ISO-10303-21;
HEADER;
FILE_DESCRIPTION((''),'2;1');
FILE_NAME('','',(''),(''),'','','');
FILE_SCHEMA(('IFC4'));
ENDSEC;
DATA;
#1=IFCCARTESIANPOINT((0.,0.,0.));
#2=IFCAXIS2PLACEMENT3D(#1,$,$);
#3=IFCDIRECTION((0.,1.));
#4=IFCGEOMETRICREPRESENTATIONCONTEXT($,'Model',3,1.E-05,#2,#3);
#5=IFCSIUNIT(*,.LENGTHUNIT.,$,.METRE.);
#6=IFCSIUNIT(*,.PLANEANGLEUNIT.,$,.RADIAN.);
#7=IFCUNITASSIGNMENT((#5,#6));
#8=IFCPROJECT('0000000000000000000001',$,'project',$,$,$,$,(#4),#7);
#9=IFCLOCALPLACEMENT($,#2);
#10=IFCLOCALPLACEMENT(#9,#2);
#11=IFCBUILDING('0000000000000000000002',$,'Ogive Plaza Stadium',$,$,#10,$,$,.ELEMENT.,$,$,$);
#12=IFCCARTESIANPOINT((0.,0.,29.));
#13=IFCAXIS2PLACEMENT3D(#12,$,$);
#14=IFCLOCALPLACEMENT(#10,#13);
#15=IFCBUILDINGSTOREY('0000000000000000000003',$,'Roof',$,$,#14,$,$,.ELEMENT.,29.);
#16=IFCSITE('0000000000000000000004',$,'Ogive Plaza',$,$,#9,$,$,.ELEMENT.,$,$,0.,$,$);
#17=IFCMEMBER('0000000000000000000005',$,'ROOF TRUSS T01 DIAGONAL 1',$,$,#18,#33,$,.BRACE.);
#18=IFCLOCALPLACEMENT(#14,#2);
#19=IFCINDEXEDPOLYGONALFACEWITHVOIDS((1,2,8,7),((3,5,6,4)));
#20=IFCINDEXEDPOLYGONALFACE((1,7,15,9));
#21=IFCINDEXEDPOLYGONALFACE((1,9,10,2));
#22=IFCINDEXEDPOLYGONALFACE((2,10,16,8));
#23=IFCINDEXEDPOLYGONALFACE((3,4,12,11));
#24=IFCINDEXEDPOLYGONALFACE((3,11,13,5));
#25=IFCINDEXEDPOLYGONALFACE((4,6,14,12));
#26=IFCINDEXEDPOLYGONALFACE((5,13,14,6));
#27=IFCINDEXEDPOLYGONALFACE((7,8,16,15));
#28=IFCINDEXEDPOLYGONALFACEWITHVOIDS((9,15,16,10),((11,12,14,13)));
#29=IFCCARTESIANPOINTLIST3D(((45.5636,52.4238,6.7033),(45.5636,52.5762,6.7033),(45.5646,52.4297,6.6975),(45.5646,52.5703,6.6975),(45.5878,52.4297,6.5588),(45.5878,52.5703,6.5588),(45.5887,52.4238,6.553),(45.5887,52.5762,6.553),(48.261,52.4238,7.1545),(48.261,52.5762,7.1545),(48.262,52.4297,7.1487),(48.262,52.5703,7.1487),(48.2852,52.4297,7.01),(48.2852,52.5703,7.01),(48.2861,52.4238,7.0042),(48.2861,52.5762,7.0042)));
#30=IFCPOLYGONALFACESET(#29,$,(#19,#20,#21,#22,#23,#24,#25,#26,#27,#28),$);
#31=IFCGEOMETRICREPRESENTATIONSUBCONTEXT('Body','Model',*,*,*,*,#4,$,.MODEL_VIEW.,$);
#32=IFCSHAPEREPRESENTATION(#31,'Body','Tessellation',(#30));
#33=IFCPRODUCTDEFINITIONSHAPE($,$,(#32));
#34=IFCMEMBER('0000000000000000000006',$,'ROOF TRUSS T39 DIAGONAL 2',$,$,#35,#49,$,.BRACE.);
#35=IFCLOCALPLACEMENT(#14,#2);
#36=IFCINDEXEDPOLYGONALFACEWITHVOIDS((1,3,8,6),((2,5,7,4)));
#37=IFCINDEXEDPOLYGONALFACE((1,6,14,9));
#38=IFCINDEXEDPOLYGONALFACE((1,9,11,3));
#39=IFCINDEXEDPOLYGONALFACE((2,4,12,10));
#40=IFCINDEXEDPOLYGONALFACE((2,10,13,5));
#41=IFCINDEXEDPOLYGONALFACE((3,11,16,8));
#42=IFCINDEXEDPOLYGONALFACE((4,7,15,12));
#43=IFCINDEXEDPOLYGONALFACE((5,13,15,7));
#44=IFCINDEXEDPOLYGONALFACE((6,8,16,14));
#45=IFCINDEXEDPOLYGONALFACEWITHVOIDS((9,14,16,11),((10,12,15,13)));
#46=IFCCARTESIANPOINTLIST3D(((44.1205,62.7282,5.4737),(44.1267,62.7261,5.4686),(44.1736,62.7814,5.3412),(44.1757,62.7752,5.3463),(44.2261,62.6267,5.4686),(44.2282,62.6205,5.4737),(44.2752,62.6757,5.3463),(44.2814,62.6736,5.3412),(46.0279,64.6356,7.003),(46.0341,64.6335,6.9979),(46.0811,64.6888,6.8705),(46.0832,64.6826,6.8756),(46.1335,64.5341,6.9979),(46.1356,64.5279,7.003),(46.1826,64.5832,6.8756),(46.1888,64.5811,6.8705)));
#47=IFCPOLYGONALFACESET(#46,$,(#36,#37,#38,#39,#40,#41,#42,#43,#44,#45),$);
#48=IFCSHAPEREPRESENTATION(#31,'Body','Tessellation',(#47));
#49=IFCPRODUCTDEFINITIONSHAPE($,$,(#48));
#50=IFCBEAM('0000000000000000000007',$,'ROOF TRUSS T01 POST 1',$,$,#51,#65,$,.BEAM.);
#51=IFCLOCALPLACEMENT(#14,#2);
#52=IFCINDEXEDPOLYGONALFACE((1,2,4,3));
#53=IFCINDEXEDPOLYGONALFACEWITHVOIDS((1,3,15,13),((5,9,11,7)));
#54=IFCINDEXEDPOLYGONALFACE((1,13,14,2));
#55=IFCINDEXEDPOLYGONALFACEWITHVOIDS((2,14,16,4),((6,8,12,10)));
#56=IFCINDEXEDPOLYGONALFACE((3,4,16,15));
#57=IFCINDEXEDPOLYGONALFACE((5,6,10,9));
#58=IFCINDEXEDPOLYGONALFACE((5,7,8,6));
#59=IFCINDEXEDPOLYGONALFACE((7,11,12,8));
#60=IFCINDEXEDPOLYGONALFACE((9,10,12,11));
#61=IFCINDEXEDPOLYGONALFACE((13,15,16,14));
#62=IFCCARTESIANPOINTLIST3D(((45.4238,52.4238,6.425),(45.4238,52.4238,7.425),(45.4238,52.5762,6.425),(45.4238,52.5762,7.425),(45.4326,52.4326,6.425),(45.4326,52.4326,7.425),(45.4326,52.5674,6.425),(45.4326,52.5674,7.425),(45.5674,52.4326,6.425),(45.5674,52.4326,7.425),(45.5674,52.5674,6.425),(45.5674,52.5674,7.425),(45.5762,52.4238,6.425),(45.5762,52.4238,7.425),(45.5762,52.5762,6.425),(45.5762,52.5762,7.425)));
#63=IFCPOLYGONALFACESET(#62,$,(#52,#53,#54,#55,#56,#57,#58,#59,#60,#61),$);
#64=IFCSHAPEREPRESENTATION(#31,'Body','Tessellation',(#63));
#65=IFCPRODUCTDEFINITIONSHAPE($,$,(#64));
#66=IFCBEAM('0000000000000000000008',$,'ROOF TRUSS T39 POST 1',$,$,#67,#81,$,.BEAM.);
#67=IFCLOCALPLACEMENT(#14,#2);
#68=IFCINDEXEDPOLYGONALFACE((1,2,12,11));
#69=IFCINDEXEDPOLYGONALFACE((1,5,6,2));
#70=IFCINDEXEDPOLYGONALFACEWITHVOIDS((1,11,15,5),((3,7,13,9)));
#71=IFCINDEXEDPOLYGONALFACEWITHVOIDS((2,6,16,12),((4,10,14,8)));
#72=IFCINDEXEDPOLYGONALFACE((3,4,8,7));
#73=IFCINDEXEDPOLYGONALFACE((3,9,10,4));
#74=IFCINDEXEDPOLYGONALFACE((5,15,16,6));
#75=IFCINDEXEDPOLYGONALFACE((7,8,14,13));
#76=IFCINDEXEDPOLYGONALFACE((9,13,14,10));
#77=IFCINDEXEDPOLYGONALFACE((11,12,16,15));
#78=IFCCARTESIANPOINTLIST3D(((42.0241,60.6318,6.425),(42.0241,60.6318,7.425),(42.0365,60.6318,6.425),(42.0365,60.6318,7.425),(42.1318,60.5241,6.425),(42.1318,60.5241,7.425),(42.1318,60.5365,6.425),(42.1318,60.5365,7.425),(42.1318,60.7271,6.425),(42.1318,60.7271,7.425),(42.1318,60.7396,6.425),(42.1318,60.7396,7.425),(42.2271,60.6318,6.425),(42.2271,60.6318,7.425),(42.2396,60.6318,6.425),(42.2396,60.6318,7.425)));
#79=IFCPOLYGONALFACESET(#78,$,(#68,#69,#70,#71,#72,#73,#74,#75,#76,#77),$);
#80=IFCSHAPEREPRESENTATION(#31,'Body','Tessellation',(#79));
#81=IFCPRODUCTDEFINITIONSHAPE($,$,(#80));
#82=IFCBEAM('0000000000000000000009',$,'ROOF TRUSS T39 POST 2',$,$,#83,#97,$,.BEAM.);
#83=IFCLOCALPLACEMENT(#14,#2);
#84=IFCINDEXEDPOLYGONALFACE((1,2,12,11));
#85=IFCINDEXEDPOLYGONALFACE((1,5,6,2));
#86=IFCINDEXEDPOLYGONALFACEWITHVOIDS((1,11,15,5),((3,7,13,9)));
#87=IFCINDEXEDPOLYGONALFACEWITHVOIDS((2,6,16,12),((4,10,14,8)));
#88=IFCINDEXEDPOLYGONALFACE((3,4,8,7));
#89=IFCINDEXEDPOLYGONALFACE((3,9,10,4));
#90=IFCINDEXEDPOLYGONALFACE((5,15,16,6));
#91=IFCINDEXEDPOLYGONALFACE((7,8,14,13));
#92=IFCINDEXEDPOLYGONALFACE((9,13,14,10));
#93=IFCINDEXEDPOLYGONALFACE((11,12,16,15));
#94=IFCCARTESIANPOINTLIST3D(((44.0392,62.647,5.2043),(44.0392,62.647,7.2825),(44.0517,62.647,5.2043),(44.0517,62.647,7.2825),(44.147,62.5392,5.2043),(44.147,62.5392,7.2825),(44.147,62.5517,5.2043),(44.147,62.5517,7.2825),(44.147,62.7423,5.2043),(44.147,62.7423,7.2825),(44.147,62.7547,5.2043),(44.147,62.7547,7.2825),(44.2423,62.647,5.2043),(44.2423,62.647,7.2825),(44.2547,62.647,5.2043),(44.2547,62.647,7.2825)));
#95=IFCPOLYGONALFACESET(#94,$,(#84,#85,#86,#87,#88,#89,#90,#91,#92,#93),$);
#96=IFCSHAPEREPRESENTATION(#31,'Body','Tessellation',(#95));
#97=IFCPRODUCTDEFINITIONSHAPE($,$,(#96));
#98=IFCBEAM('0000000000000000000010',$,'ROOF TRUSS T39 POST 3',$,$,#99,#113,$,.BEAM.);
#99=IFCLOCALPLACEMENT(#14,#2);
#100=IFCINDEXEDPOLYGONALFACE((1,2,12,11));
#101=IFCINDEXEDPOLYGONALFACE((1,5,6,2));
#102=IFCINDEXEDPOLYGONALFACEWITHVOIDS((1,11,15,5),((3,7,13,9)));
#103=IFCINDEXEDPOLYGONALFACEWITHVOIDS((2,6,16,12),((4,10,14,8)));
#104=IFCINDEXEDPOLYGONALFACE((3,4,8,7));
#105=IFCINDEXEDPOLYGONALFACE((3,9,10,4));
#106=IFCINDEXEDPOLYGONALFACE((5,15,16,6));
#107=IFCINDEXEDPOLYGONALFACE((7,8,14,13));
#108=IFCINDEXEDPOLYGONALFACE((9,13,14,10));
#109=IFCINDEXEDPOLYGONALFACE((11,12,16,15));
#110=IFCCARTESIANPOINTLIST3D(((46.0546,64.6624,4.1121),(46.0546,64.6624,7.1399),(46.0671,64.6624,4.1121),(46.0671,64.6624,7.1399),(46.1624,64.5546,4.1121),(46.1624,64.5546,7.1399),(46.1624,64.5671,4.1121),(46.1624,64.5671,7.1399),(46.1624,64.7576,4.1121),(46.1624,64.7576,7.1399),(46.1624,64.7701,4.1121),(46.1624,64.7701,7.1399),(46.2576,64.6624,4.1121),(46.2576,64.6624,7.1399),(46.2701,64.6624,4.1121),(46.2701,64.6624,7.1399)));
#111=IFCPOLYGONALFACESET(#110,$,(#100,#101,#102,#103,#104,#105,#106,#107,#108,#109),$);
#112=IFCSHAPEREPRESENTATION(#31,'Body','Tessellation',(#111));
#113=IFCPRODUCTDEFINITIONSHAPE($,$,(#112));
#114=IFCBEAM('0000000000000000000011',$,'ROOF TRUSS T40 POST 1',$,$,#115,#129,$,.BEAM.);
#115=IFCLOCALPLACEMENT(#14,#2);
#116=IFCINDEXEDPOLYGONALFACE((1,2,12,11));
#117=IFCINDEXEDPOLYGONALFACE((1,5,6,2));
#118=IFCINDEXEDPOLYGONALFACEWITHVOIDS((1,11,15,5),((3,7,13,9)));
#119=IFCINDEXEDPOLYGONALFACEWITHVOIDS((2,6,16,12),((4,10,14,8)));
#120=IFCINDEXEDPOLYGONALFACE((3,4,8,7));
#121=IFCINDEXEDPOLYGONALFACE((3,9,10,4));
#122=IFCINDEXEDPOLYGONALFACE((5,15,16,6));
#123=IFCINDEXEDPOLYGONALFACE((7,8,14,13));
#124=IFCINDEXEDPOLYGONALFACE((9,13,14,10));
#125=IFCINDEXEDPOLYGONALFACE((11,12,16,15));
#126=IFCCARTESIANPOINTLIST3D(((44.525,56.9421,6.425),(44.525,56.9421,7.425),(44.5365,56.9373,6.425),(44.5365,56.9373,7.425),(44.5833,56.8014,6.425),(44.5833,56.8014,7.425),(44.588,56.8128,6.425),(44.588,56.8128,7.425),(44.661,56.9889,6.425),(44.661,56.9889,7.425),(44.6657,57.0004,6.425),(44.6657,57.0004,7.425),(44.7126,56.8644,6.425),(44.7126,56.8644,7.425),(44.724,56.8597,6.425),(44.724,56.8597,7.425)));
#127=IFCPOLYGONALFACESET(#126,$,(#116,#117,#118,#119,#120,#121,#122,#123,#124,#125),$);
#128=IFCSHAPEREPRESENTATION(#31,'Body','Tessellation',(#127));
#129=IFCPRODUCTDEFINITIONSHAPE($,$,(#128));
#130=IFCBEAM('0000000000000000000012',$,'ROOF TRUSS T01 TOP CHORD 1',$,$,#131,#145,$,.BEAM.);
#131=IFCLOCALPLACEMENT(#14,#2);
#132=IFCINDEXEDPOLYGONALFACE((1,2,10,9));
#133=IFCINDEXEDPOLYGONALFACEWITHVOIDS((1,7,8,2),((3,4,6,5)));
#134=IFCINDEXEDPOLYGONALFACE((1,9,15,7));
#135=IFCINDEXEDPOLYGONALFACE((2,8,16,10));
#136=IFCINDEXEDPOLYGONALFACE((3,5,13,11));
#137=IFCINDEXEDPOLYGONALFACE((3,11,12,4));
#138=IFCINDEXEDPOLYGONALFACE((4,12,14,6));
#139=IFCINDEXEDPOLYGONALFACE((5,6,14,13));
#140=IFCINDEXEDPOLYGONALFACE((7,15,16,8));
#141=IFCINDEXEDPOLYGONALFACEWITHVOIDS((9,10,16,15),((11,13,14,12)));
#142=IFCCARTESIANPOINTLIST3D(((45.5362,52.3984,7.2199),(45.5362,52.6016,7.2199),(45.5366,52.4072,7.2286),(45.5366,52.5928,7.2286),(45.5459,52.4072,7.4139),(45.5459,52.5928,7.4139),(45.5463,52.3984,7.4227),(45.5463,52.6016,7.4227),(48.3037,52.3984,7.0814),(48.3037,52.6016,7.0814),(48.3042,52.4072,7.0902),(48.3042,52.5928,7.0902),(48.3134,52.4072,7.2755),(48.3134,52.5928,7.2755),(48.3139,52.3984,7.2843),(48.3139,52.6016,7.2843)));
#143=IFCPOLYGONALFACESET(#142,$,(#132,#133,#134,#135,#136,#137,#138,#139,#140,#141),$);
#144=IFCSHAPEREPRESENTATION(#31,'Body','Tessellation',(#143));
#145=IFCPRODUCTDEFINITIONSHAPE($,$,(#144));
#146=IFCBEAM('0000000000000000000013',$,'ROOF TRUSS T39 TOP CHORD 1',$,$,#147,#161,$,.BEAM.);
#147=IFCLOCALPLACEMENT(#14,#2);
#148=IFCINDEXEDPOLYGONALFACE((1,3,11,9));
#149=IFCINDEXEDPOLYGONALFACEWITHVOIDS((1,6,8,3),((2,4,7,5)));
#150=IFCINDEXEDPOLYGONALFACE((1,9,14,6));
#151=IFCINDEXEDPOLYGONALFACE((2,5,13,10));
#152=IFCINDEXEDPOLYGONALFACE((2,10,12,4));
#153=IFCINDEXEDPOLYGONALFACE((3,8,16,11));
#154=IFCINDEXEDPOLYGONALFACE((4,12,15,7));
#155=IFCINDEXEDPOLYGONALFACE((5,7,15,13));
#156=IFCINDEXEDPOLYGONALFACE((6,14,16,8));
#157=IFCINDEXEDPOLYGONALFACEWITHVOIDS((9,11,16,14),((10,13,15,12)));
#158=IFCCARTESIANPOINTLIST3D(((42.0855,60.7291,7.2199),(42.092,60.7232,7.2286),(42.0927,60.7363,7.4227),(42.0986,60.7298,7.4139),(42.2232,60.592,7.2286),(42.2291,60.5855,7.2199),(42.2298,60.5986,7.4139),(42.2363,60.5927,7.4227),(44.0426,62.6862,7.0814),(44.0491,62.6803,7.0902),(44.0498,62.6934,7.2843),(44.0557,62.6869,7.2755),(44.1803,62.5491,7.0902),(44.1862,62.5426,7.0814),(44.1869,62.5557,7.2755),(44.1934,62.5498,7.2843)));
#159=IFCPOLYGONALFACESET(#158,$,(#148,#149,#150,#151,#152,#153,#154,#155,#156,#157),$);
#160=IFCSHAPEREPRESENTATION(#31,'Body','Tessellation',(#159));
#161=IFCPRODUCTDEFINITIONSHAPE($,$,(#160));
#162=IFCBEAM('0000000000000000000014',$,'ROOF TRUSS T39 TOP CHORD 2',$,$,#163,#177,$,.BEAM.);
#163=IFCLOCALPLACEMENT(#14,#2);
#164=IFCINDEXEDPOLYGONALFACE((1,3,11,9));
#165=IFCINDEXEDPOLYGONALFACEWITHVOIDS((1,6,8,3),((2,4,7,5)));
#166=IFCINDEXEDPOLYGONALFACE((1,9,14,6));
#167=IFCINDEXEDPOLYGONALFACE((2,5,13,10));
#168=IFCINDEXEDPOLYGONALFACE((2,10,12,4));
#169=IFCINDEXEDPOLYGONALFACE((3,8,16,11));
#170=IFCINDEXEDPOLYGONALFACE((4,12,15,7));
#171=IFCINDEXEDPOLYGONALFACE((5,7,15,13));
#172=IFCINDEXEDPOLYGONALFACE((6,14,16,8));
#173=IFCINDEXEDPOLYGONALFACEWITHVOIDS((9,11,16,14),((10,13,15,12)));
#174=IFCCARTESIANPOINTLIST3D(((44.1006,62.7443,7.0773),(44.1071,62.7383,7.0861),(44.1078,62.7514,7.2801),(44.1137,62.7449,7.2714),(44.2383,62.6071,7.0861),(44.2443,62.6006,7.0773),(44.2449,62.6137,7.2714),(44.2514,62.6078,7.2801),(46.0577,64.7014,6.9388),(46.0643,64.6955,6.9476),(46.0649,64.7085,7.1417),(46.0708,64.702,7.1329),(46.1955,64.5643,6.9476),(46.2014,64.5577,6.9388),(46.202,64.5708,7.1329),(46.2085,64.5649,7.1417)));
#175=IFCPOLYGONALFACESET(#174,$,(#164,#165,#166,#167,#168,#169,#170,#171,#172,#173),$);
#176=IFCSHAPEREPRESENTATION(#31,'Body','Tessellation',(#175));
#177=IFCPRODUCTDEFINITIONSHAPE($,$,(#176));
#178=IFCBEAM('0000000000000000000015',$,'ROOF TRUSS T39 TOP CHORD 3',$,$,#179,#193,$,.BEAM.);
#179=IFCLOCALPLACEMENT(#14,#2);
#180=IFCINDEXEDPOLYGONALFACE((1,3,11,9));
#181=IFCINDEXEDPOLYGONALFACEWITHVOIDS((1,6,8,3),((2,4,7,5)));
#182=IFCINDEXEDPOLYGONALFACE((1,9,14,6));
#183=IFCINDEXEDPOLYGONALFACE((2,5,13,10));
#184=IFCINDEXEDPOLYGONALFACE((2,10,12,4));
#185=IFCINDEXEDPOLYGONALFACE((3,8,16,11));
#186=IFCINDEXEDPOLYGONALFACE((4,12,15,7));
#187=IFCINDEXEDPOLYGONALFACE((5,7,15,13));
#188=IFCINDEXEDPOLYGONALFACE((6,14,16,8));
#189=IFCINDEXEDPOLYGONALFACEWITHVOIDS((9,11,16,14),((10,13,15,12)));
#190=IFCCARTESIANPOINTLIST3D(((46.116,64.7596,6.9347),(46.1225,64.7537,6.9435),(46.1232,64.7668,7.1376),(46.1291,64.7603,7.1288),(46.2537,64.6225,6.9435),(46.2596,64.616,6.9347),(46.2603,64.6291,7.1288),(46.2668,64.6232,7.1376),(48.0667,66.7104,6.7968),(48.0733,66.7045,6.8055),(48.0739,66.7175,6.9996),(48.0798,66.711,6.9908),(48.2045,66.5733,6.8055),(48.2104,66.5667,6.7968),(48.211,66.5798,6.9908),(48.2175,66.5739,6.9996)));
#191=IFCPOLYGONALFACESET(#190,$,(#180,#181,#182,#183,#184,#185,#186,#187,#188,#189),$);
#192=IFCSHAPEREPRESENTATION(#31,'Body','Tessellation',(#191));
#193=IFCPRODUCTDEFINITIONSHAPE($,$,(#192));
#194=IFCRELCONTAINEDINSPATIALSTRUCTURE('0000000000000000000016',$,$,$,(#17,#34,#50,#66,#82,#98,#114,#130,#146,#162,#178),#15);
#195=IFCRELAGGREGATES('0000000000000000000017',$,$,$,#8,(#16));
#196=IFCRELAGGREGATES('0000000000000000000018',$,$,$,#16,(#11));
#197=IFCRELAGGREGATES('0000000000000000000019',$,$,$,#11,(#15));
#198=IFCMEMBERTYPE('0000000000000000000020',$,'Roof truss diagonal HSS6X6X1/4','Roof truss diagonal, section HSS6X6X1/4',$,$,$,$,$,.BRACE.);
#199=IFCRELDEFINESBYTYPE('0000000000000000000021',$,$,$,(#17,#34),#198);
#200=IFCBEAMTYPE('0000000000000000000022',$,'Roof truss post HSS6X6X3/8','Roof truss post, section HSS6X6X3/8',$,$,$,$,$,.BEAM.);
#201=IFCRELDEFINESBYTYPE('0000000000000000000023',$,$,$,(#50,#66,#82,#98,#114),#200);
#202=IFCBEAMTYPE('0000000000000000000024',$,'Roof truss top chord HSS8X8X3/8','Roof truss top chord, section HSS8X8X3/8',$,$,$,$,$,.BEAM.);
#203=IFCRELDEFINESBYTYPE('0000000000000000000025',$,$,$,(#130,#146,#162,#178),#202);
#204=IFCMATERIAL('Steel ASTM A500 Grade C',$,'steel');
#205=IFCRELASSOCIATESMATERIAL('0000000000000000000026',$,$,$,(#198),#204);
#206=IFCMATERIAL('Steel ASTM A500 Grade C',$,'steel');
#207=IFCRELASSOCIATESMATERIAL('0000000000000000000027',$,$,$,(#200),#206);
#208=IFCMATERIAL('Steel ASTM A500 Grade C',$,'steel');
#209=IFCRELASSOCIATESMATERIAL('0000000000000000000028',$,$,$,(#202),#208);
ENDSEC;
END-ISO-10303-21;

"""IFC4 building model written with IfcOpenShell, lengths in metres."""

from ifc_helpers import new_model, si_unit, direction, frame, origin, origin_2d, place, context, subcontext, project, spatial, hollow_rectangle, extrude, material, material_profile, profile_set, type_object, element, save


model = new_model("IFC4")

# Units and contexts
model_context = context("Model", 3, precision=1e-05, world=origin(), true_north=direction((0.0, 1.0)))
body_context = subcontext(model_context, "Body", "Model", "MODEL_VIEW")
ifc_project = project(units=[si_unit("LENGTHUNIT", "METRE"), si_unit("PLANEANGLEUNIT", "RADIAN")], contexts=[model_context])

# Site, building, storey
site_placement = place(None, origin())
site = spatial("IfcSite", under=ifc_project, at=site_placement, Name="Ogive Plaza", CompositionType="ELEMENT", RefElevation=0.0)
building_placement = place(site_placement, origin())
building = spatial("IfcBuilding", under=site, at=building_placement, Name="Ogive Plaza Stadium", CompositionType="ELEMENT")
storey_placement = place(building_placement, frame((0.0, 0.0, 29.0)))
storey = spatial("IfcBuildingStorey", under=building, at=storey_placement, Name="Roof", CompositionType="ELEMENT", Elevation=29.0)

# Members
ifc_material_1 = material(Name="Steel ASTM A500 Grade C", Category="steel")
ifc_material_profile_1 = material_profile(ifc_material_1, hollow_rectangle(XDim=0.1523, YDim=0.1523, WallThickness=0.0059, at=origin_2d()), Name="HSS6X6X1/4")
ifc_profile_set_1 = profile_set([ifc_material_profile_1], Name="Steel ASTM A500 Grade C")
member_type_1 = type_object("IfcMemberType", Name="Roof truss diagonal HSS6X6X1/4", Description="Roof truss diagonal, section HSS6X6X1/4", PredefinedType="BRACE", material=ifc_profile_set_1)
member_1_placement = place(storey_placement, frame((45.5762, 52.5, 6.6282), z_axis=(0.9863, 0.0, 0.164964), x_axis=(0.0, 1.0, 0.0)))
element("IfcMember", 1, at=member_1_placement, inside=storey, type_object=member_type_1, Name="ROOF TRUSS T01 DIAGONAL 1", PredefinedType="BRACE", context=body_context, shape_type="SweptSolid", body=[
    extrude(hollow_rectangle(XDim=0.1523, YDim=0.1523, WallThickness=0.0059, at=origin_2d()), origin(), (0.0, 0.0, 1.0), 2.7349),
])
member_2_placement = place(storey_placement, frame((44.2009, 62.7009, 5.4075), z_axis=(0.615133, 0.615133, 0.493177), x_axis=(-0.707107, 0.707107, 0.0)))
element("IfcMember", 2, at=member_2_placement, inside=storey, type_object=member_type_1, Name="ROOF TRUSS T39 DIAGONAL 2", PredefinedType="BRACE", context=body_context, shape_type="SweptSolid", body=[
    extrude(hollow_rectangle(XDim=0.1523, YDim=0.1523, WallThickness=0.0059, at=origin_2d()), origin(), (0.0, 0.0, 1.0), 3.1008),
])

# Beams
ifc_material_2 = material(Name="Steel ASTM A500 Grade C", Category="steel")
ifc_material_profile_2 = material_profile(ifc_material_2, hollow_rectangle(XDim=0.1523, YDim=0.1523, WallThickness=0.0088, at=origin_2d()), Name="HSS6X6X3/8")
ifc_profile_set_2 = profile_set([ifc_material_profile_2], Name="Steel ASTM A500 Grade C")
beam_type_1 = type_object("IfcBeamType", Name="Roof truss post HSS6X6X3/8", Description="Roof truss post, section HSS6X6X3/8", PredefinedType="BEAM", material=ifc_profile_set_2)
for number, where, z_axis, x_axis, name in (
    (3, (45.5, 52.5, 6.425), (0.0, 0.0, 1.0), (0.0, 1.0, 0.0), "ROOF TRUSS T01 POST 1"),
    (4, (42.1318, 60.6318, 6.425), (0.0, 0.0, 1.0), (-0.707107, 0.707107, 0.0), "ROOF TRUSS T39 POST 1"),
):
    element("IfcBeam", number, at=place(storey_placement, frame(where, z_axis=z_axis, x_axis=x_axis)), inside=storey, type_object=beam_type_1, Name=name, PredefinedType="BEAM", context=body_context, shape_type="SweptSolid", body=[
        extrude(hollow_rectangle(XDim=0.1523, YDim=0.1523, WallThickness=0.0088, at=origin_2d()), origin(), (0.0, 0.0, 1.0), 1.0),
    ])
beam_1_placement = place(storey_placement, frame((44.147, 62.647, 5.2043), z_axis=(0.0, 0.0, 1.0), x_axis=(-0.707107, 0.707107, 0.0)))
element("IfcBeam", 5, at=beam_1_placement, inside=storey, type_object=beam_type_1, Name="ROOF TRUSS T39 POST 2", PredefinedType="BEAM", context=body_context, shape_type="SweptSolid", body=[
    extrude(hollow_rectangle(XDim=0.1523, YDim=0.1523, WallThickness=0.0088, at=origin_2d()), origin(), (0.0, 0.0, 1.0), 2.0781),
])
beam_2_placement = place(storey_placement, frame((46.1624, 64.6624, 4.1121), z_axis=(0.0, 0.0, 1.0), x_axis=(-0.707107, 0.707107, 0.0)))
element("IfcBeam", 6, at=beam_2_placement, inside=storey, type_object=beam_type_1, Name="ROOF TRUSS T39 POST 3", PredefinedType="BEAM", context=body_context, shape_type="SweptSolid", body=[
    extrude(hollow_rectangle(XDim=0.1523, YDim=0.1523, WallThickness=0.0088, at=origin_2d()), origin(), (0.0, 0.0, 1.0), 3.0278),
])
beam_3_placement = place(storey_placement, frame((44.6245, 56.9009, 6.425), z_axis=(0.0, 0.0, 1.0), x_axis=(-0.382683, 0.92388, 0.0)))
element("IfcBeam", 7, at=beam_3_placement, inside=storey, type_object=beam_type_1, Name="ROOF TRUSS T40 POST 1", PredefinedType="BEAM", context=body_context, shape_type="SweptSolid", body=[
    extrude(hollow_rectangle(XDim=0.1523, YDim=0.1523, WallThickness=0.0088, at=origin_2d()), origin(), (0.0, 0.0, 1.0), 1.0),
])
ifc_material_3 = material(Name="Steel ASTM A500 Grade C", Category="steel")
ifc_material_profile_3 = material_profile(ifc_material_3, hollow_rectangle(XDim=0.2031, YDim=0.2031, WallThickness=0.0088, at=origin_2d()), Name="HSS8X8X3/8")
ifc_profile_set_3 = profile_set([ifc_material_profile_3], Name="Steel ASTM A500 Grade C")
beam_type_2 = type_object("IfcBeamType", Name="Roof truss top chord HSS8X8X3/8", Description="Roof truss top chord, section HSS8X8X3/8", PredefinedType="BEAM", material=ifc_profile_set_3)
beam_4_placement = place(storey_placement, frame((45.5413, 52.5, 7.3213), z_axis=(0.998751, 0.0, -0.049955), x_axis=(0.0, 1.0, 0.0)))
element("IfcBeam", 8, at=beam_4_placement, inside=storey, type_object=beam_type_2, Name="ROOF TRUSS T01 TOP CHORD 1", PredefinedType="BEAM", context=body_context, shape_type="SweptSolid", body=[
    extrude(hollow_rectangle(XDim=0.2031, YDim=0.2031, WallThickness=0.0088, at=origin_2d()), origin(), (0.0, 0.0, 1.0), 2.771),
])
for number, where, z_axis, x_axis, name in (
    (9, (42.1609, 60.6609, 7.3213), (0.706224, 0.706224, -0.049954), (-0.707107, 0.707107, 0.0), "ROOF TRUSS T39 TOP CHORD 1"),
    (10, (44.176, 62.676, 7.1787), (0.706224, 0.706224, -0.049954), (-0.707107, 0.707107, 0.0), "ROOF TRUSS T39 TOP CHORD 2"),
):
    element("IfcBeam", number, at=place(storey_placement, frame(where, z_axis=z_axis, x_axis=x_axis)), inside=storey, type_object=beam_type_2, Name=name, PredefinedType="BEAM", context=body_context, shape_type="SweptSolid", body=[
        extrude(hollow_rectangle(XDim=0.2031, YDim=0.2031, WallThickness=0.0088, at=origin_2d()), origin(), (0.0, 0.0, 1.0), 2.7712),
    ])
beam_5_placement = place(storey_placement, frame((46.1914, 64.6914, 7.0361), z_axis=(0.706224, 0.706224, -0.04994), x_axis=(-0.707107, 0.707107, 0.0)))
element("IfcBeam", 11, at=beam_5_placement, inside=storey, type_object=beam_type_2, Name="ROOF TRUSS T39 TOP CHORD 3", PredefinedType="BEAM", context=body_context, shape_type="SweptSolid", body=[
    extrude(hollow_rectangle(XDim=0.2031, YDim=0.2031, WallThickness=0.0088, at=origin_2d()), origin(), (0.0, 0.0, 1.0), 2.7622),
])

save(model, "model.ifc")
